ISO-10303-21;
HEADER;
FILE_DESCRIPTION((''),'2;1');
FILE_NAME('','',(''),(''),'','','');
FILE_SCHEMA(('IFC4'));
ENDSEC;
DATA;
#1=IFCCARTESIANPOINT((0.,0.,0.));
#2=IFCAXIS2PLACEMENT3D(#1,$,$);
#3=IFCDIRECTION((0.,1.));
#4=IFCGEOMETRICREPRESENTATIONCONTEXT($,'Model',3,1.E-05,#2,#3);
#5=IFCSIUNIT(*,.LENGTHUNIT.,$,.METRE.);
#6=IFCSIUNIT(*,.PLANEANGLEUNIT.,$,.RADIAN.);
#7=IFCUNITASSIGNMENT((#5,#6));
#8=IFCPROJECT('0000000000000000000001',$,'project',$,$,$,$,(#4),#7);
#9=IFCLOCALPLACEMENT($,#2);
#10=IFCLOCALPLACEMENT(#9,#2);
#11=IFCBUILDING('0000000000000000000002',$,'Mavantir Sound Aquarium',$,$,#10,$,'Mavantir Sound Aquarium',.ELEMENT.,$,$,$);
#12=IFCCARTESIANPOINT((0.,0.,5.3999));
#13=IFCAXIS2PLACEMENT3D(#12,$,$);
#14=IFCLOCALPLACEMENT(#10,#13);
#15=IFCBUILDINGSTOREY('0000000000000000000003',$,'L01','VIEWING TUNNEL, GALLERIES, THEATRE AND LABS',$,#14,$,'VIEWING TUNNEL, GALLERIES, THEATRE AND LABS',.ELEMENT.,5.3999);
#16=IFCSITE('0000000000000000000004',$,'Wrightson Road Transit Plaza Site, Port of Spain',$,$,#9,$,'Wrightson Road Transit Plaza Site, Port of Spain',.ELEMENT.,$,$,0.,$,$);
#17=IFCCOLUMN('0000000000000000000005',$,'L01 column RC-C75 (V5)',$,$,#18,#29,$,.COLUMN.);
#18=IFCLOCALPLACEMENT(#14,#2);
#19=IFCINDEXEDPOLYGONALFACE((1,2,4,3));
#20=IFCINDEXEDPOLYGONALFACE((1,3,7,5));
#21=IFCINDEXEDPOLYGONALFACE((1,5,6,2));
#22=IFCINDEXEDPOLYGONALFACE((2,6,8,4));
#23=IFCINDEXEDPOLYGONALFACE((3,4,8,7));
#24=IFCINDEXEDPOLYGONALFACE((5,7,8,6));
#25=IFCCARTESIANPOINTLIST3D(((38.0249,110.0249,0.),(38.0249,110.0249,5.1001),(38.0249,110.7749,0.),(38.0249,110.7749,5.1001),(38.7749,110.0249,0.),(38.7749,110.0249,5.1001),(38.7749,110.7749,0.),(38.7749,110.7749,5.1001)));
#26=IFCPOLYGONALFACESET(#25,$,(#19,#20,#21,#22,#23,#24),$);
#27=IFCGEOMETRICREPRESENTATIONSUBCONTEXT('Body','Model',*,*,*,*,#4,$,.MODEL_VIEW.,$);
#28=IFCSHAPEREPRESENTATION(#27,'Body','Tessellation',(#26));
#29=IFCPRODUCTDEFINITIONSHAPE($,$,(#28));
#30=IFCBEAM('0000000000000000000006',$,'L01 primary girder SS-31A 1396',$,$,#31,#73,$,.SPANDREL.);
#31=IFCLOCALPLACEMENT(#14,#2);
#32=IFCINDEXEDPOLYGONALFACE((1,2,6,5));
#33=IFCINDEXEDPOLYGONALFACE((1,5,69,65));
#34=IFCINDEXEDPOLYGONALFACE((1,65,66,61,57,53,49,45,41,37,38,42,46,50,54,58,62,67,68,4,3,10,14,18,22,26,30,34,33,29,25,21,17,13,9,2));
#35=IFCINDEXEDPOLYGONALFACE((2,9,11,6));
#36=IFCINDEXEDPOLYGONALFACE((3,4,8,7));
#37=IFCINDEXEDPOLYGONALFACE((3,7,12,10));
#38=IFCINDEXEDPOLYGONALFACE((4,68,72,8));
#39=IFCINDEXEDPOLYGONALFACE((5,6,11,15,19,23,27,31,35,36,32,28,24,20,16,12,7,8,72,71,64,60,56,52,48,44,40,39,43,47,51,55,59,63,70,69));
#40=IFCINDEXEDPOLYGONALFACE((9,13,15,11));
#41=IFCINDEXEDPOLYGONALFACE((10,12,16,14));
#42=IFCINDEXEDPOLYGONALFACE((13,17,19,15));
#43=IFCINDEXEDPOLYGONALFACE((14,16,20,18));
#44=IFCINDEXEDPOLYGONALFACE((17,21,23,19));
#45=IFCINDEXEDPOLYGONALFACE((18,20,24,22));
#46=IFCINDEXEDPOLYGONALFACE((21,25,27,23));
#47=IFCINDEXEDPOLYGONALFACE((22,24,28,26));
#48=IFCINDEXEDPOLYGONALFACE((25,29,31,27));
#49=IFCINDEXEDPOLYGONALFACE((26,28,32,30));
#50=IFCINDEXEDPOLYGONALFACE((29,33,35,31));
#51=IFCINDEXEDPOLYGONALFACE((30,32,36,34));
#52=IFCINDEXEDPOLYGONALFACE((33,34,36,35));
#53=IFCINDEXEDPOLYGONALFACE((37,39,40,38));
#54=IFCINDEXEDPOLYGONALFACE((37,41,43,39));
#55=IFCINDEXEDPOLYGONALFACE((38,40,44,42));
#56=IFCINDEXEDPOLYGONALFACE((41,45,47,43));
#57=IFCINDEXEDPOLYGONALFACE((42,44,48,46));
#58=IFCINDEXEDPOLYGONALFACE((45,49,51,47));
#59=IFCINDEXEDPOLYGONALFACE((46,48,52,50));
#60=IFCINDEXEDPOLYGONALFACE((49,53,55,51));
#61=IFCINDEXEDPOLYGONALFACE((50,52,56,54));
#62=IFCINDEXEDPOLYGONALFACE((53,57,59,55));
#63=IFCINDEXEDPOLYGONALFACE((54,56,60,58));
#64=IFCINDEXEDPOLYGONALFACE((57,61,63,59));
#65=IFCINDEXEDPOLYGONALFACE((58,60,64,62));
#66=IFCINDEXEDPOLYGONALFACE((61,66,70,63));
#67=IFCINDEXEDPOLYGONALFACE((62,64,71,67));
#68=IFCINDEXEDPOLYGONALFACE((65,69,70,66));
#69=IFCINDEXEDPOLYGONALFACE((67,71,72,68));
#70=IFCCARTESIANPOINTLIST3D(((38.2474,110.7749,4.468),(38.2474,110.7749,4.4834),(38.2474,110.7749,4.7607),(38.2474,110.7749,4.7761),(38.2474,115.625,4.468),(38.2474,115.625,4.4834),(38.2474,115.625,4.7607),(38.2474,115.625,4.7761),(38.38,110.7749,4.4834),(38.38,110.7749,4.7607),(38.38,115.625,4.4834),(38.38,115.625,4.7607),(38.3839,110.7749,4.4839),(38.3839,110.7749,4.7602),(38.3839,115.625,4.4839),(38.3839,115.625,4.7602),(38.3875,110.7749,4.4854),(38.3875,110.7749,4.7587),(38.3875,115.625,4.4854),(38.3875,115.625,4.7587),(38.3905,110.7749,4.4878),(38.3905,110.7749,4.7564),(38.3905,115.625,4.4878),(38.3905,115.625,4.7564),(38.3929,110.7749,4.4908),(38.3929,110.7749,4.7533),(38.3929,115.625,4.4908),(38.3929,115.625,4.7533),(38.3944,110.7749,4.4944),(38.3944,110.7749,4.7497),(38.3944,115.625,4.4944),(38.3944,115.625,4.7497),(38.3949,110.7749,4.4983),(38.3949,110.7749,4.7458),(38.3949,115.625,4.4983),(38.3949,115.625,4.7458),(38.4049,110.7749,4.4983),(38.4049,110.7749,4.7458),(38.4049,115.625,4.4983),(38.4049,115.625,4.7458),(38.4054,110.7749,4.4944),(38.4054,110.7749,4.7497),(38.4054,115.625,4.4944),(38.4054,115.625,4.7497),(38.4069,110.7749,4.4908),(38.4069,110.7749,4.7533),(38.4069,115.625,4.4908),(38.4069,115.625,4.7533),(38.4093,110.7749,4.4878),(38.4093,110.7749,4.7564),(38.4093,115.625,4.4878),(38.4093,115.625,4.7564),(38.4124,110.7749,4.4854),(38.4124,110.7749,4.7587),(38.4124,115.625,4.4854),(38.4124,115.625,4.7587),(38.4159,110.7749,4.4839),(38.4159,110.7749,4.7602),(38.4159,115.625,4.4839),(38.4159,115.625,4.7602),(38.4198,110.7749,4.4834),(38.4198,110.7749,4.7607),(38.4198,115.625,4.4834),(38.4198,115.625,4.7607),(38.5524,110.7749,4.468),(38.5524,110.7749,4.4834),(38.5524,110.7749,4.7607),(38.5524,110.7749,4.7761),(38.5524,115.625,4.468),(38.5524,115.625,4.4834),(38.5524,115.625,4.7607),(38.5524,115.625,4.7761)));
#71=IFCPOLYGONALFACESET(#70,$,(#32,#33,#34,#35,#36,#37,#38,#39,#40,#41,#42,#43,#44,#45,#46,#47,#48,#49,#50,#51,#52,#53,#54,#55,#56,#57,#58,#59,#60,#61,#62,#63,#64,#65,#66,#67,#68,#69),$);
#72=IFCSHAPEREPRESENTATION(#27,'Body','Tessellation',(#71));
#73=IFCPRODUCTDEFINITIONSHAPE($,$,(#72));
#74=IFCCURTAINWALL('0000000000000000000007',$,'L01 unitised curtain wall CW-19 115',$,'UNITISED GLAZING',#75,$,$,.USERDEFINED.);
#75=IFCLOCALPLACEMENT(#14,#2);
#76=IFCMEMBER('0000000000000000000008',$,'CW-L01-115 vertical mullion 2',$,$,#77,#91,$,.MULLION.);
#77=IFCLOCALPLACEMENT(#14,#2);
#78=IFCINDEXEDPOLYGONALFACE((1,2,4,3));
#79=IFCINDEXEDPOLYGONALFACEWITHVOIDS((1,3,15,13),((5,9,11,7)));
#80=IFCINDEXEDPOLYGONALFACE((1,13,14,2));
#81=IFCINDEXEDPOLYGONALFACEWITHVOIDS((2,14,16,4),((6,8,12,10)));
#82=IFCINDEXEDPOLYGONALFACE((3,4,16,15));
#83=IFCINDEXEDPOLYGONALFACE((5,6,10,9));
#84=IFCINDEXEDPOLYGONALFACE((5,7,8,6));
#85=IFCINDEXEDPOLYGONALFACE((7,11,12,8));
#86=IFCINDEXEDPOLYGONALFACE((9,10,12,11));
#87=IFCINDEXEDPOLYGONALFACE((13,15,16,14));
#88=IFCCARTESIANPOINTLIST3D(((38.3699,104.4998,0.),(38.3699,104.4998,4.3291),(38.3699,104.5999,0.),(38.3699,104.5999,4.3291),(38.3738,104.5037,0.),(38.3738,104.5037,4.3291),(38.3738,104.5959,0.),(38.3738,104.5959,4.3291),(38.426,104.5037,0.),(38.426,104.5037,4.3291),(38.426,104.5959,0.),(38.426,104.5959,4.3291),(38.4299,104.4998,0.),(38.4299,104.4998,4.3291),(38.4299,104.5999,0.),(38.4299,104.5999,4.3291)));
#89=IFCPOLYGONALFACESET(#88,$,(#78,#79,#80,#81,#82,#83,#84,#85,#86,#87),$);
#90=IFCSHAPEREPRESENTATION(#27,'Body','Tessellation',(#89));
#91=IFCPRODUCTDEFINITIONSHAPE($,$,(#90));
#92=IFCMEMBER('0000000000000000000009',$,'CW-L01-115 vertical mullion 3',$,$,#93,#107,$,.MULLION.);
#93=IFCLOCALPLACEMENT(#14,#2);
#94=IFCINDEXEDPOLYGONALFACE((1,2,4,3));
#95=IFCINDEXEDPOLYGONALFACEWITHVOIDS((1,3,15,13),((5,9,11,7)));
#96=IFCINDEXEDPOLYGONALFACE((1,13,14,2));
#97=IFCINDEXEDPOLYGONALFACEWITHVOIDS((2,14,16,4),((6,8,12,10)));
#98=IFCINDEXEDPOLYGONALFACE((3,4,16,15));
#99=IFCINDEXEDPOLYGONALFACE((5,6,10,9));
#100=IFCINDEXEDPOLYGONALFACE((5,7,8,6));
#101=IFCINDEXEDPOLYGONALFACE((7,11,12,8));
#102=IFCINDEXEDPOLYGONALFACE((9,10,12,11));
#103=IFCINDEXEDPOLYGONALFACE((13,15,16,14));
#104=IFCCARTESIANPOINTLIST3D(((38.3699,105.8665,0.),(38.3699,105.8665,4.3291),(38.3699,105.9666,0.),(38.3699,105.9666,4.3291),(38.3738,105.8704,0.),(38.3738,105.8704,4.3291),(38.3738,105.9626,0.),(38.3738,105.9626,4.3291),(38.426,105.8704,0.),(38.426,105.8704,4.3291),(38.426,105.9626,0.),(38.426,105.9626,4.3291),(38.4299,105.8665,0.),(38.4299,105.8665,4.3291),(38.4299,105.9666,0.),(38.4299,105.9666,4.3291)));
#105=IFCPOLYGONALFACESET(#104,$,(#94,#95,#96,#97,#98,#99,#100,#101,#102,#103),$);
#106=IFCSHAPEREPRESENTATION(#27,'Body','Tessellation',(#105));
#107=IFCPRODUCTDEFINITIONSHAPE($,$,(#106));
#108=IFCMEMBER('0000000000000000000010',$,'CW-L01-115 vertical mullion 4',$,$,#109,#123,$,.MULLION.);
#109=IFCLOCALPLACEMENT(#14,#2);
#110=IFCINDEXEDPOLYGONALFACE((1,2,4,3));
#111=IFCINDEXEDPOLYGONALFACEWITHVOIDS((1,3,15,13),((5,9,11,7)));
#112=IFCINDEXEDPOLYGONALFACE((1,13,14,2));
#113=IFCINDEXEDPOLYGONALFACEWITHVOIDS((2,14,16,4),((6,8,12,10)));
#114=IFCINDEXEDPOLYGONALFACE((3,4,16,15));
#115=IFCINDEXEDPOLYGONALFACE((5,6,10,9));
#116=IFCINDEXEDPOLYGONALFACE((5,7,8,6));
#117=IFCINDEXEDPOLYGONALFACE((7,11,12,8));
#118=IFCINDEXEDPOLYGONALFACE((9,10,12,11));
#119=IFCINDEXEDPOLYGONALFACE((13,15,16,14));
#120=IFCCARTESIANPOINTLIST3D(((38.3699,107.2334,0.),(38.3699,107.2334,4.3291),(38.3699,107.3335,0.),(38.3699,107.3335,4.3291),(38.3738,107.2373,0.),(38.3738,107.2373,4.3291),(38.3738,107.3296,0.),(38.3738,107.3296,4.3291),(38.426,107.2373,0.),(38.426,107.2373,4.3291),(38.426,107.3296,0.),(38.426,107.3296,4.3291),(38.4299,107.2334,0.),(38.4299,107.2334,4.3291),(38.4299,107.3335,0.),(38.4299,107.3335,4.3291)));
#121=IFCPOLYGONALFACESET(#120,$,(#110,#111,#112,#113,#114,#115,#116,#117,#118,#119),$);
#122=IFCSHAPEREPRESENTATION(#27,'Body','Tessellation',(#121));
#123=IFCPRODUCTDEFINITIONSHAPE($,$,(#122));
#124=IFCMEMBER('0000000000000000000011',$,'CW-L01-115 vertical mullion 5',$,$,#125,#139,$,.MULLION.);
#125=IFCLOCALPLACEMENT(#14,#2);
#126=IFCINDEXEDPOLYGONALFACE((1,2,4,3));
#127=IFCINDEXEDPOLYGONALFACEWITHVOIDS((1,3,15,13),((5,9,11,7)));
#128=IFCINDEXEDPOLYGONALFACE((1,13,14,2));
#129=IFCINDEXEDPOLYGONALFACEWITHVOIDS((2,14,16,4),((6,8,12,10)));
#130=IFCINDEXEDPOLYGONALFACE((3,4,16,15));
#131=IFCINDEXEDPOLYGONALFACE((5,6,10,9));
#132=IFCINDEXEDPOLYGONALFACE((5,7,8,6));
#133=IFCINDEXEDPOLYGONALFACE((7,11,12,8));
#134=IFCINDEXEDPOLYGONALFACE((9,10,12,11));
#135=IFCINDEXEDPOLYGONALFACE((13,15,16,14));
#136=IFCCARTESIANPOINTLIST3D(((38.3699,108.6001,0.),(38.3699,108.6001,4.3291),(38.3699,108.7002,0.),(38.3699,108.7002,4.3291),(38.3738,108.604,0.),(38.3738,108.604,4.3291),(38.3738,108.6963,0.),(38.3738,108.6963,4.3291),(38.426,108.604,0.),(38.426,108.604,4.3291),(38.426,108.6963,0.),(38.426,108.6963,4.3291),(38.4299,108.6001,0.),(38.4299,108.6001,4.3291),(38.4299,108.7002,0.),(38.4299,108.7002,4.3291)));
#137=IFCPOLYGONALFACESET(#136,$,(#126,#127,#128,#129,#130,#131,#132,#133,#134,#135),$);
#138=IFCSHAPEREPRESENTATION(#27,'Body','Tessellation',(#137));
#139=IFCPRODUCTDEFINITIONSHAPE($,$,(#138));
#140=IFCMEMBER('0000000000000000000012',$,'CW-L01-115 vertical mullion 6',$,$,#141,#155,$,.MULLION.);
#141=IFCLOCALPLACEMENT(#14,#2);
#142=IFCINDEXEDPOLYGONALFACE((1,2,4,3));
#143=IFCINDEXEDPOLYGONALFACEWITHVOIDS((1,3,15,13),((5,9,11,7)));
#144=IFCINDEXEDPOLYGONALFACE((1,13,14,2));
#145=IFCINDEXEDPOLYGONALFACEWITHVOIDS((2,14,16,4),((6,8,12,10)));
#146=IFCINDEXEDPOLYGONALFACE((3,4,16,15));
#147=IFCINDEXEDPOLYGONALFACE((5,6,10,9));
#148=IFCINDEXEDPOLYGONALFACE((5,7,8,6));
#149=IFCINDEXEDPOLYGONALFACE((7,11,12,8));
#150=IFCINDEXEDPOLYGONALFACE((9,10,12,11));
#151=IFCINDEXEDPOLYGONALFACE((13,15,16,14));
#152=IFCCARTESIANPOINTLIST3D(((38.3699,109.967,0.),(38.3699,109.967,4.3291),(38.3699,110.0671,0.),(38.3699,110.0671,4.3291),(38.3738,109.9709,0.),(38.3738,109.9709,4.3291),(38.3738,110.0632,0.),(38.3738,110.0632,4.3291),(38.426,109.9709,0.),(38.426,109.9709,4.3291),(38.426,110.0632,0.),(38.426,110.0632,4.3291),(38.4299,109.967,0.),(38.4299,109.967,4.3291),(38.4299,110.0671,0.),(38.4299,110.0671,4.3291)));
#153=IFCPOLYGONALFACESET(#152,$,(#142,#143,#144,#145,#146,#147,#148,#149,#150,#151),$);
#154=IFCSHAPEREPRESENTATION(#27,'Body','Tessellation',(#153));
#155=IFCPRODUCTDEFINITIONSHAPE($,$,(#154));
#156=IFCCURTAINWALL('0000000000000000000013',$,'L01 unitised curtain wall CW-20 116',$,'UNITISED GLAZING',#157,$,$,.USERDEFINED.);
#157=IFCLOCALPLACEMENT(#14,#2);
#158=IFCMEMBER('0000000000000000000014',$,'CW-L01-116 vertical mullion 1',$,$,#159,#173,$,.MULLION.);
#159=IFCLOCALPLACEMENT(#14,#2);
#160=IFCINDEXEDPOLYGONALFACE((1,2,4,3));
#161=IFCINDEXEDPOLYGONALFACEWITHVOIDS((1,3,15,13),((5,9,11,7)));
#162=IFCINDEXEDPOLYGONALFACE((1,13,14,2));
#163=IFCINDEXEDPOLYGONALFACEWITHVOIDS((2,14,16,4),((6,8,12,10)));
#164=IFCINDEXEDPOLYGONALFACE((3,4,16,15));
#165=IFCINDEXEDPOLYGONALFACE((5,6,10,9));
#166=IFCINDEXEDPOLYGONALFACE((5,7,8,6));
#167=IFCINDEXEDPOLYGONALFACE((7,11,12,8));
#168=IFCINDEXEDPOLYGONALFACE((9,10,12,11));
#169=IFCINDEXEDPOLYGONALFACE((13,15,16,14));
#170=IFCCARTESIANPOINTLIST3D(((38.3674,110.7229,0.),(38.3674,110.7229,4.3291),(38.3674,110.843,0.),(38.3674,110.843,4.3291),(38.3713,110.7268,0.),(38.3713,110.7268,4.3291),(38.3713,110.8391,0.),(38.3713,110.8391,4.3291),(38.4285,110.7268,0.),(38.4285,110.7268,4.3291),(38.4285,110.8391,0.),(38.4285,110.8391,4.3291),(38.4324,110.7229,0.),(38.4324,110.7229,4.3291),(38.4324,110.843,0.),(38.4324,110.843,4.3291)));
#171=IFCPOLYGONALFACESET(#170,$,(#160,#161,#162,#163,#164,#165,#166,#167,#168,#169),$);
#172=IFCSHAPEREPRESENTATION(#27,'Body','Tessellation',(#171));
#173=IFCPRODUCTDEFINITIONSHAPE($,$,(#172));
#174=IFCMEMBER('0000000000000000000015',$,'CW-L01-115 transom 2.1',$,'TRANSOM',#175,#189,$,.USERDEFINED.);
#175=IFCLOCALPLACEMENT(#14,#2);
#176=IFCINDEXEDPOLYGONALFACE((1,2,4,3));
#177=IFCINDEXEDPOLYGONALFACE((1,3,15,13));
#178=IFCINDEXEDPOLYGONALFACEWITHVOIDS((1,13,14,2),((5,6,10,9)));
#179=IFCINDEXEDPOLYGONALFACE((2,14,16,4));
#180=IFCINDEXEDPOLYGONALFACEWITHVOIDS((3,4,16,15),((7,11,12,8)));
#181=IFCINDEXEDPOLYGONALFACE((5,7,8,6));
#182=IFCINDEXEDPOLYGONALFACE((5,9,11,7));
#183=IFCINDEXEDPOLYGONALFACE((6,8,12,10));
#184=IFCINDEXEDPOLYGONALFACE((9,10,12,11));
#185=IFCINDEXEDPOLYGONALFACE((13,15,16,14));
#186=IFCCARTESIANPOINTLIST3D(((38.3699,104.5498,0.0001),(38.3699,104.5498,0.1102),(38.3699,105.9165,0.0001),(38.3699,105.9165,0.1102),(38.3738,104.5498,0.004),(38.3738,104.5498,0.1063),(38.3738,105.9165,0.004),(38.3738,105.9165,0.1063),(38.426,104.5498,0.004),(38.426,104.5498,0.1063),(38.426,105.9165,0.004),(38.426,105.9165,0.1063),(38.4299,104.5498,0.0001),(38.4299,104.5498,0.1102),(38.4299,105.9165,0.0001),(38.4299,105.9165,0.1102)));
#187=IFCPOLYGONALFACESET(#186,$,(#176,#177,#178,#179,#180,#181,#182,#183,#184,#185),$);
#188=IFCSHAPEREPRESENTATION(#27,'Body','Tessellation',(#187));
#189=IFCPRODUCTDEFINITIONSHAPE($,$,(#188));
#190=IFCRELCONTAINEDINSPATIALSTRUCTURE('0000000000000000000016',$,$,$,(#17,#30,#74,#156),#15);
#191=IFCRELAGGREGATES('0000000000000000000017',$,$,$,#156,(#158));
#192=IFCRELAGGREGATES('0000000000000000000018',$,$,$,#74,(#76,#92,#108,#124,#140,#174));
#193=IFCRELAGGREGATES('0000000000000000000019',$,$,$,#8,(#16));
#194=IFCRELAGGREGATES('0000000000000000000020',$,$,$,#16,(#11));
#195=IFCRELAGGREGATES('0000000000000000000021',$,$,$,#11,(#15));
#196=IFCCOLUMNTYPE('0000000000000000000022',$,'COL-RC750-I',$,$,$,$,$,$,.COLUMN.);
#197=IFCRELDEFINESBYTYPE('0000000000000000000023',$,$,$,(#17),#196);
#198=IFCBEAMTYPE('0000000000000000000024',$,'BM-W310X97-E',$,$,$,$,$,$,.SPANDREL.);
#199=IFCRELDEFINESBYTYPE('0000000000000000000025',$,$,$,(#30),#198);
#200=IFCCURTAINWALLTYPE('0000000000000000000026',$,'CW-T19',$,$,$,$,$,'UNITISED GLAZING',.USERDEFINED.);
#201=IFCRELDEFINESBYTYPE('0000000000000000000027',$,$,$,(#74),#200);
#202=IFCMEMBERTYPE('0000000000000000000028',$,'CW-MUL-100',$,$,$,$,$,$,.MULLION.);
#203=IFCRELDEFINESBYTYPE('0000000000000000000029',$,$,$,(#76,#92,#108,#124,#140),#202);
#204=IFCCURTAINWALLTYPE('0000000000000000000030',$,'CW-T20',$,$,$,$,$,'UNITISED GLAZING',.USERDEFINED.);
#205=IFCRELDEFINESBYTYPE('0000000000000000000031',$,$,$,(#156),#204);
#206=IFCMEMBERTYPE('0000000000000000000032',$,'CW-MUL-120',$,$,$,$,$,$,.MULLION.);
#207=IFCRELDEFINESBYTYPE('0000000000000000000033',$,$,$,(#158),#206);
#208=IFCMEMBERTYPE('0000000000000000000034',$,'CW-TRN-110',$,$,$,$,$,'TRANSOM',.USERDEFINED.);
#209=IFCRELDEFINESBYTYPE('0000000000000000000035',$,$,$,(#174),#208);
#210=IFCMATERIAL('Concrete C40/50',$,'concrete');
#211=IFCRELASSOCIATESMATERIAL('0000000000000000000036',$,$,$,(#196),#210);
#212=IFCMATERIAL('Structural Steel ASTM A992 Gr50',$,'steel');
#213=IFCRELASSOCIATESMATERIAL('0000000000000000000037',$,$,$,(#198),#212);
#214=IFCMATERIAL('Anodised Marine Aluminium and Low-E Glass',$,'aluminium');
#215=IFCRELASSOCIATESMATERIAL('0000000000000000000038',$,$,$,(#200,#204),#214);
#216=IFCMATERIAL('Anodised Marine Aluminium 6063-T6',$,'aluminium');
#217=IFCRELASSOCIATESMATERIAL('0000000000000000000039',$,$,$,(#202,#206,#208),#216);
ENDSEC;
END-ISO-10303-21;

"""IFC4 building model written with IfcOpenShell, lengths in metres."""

from ifc_helpers import new_model, si_unit, direction, frame, origin, origin_2d, place, context, subcontext, project, spatial, rectangle, hollow_rectangle, i_section, extrude, material, material_profile, profile_set, type_object, element, aggregate, save


model = new_model("IFC4")

# Units and contexts
model_context = context("Model", 3, precision=1e-05, world=origin(), true_north=direction((0.0, 1.0)))
body_context = subcontext(model_context, "Body", "Model", "MODEL_VIEW")
ifc_project = project(units=[si_unit("LENGTHUNIT", "METRE"), si_unit("PLANEANGLEUNIT", "RADIAN")], contexts=[model_context])

# Site, building, storey
site_placement = place(None, origin())
site = spatial("IfcSite", under=ifc_project, at=site_placement, Name="Wrightson Road Transit Plaza Site, Port of Spain", LongName="Wrightson Road Transit Plaza Site, Port of Spain", CompositionType="ELEMENT", RefElevation=0.0)
building_placement = place(site_placement, origin())
building = spatial("IfcBuilding", under=site, at=building_placement, Name="Mavantir Sound Aquarium", LongName="Mavantir Sound Aquarium", CompositionType="ELEMENT")
storey_placement = place(building_placement, frame((0.0, 0.0, 5.3999)))
storey = spatial("IfcBuildingStorey", under=building, at=storey_placement, Name="L01", Description="VIEWING TUNNEL, GALLERIES, THEATRE AND LABS", LongName="VIEWING TUNNEL, GALLERIES, THEATRE AND LABS", CompositionType="ELEMENT", Elevation=5.3999)

# Column
ifc_material_1 = material(Name="Concrete C40/50", Category="concrete")
ifc_material_profile_1 = material_profile(ifc_material_1, rectangle(XDim=0.75, YDim=0.75, at=origin_2d()), Name="RC 750X750")
ifc_profile_set_1 = profile_set([ifc_material_profile_1], Name="Concrete C40/50")
column_type = type_object("IfcColumnType", Name="COL-RC750-I", PredefinedType="COLUMN", material=ifc_profile_set_1)
column_placement = place(storey_placement, frame((38.3999, 110.3999, 0.0), z_axis=(0.0, 0.0, 1.0), x_axis=(1.0, 0.0, 0.0)))
element("IfcColumn", 1, at=column_placement, inside=storey, type_object=column_type, Name="L01 column RC-C75 (V5)", PredefinedType="COLUMN", context=body_context, shape_type="SweptSolid", body=[
    extrude(rectangle(XDim=0.75, YDim=0.75, at=origin_2d()), origin(), (0.0, 0.0, 1.0), 5.1001),
])

# Beam
ifc_material_2 = material(Name="Structural Steel ASTM A992 Gr50", Category="steel")
ifc_material_profile_2 = material_profile(ifc_material_2, i_section(OverallWidth=0.3049, OverallDepth=0.3081, WebThickness=0.01, FlangeThickness=0.0154, FilletRadius=0.0149, at=origin_2d()), Name="W310X97")
ifc_profile_set_2 = profile_set([ifc_material_profile_2], Name="Structural Steel ASTM A992 Gr50")
beam_type = type_object("IfcBeamType", Name="BM-W310X97-E", PredefinedType="SPANDREL", material=ifc_profile_set_2)
beam_placement = place(storey_placement, frame((38.3999, 110.7749, 4.6221), z_axis=(0.0, 1.0, 0.0), x_axis=(-1.0, 0.0, 0.0)))
element("IfcBeam", 2, at=beam_placement, inside=storey, type_object=beam_type, Name="L01 primary girder SS-31A 1396", PredefinedType="SPANDREL", context=body_context, shape_type="SweptSolid", body=[
    extrude(i_section(OverallWidth=0.3049, OverallDepth=0.3081, WebThickness=0.01, FlangeThickness=0.0154, FilletRadius=0.0149, at=origin_2d()), origin(), (0.0, 0.0, 1.0), 4.8501),
])

# Curtain wall, members
ifc_material_3 = material(Name="Anodised Marine Aluminium and Low-E Glass", Category="aluminium")
curtain_wall_type_1 = type_object("IfcCurtainWallType", Name="CW-T19", ElementType="UNITISED GLAZING", PredefinedType="USERDEFINED", material=ifc_material_3)
curtain_wall_1_placement = place(storey_placement, origin())
curtain_wall_1 = element("IfcCurtainWall", 3, at=curtain_wall_1_placement, inside=storey, type_object=curtain_wall_type_1, Name="L01 unitised curtain wall CW-19 115", ObjectType="UNITISED GLAZING", PredefinedType="USERDEFINED")
ifc_material_4 = material(Name="Anodised Marine Aluminium 6063-T6", Category="aluminium")
ifc_material_profile_3 = material_profile(ifc_material_4, hollow_rectangle(XDim=0.0601, YDim=0.1001, WallThickness=0.0039, at=origin_2d()), Name="ALU-MULLION-100X60")
ifc_profile_set_3 = profile_set([ifc_material_profile_3], Name="Anodised Marine Aluminium 6063-T6")
member_type_1 = type_object("IfcMemberType", Name="CW-MUL-100", PredefinedType="MULLION", material=ifc_profile_set_3)
member_1_placement = place(storey_placement, frame((38.3999, 104.5498, 0.0), z_axis=(0.0, 0.0, 1.0), x_axis=(1.0, 0.0, 0.0)))
member_1 = element("IfcMember", 4, at=member_1_placement, type_object=member_type_1, Name="CW-L01-115 vertical mullion 2", PredefinedType="MULLION", context=body_context, shape_type="SweptSolid", body=[
    extrude(hollow_rectangle(XDim=0.0601, YDim=0.1001, WallThickness=0.0039, at=origin_2d()), origin(), (0.0, 0.0, 1.0), 4.3291),
])
member_2_placement = place(storey_placement, frame((38.3999, 105.9165, 0.0), z_axis=(0.0, 0.0, 1.0), x_axis=(1.0, 0.0, 0.0)))
member_2 = element("IfcMember", 5, at=member_2_placement, type_object=member_type_1, Name="CW-L01-115 vertical mullion 3", PredefinedType="MULLION", context=body_context, shape_type="SweptSolid", body=[
    extrude(hollow_rectangle(XDim=0.0601, YDim=0.1001, WallThickness=0.0039, at=origin_2d()), origin(), (0.0, 0.0, 1.0), 4.3291),
])
member_3_placement = place(storey_placement, frame((38.3999, 107.2834, 0.0), z_axis=(0.0, 0.0, 1.0), x_axis=(1.0, 0.0, 0.0)))
member_3 = element("IfcMember", 6, at=member_3_placement, type_object=member_type_1, Name="CW-L01-115 vertical mullion 4", PredefinedType="MULLION", context=body_context, shape_type="SweptSolid", body=[
    extrude(hollow_rectangle(XDim=0.0601, YDim=0.1001, WallThickness=0.0039, at=origin_2d()), origin(), (0.0, 0.0, 1.0), 4.3291),
])
member_4_placement = place(storey_placement, frame((38.3999, 108.6501, 0.0), z_axis=(0.0, 0.0, 1.0), x_axis=(1.0, 0.0, 0.0)))
member_4 = element("IfcMember", 7, at=member_4_placement, type_object=member_type_1, Name="CW-L01-115 vertical mullion 5", PredefinedType="MULLION", context=body_context, shape_type="SweptSolid", body=[
    extrude(hollow_rectangle(XDim=0.0601, YDim=0.1001, WallThickness=0.0039, at=origin_2d()), origin(), (0.0, 0.0, 1.0), 4.3291),
])
member_5_placement = place(storey_placement, frame((38.3999, 110.0171, 0.0), z_axis=(0.0, 0.0, 1.0), x_axis=(1.0, 0.0, 0.0)))
member_5 = element("IfcMember", 8, at=member_5_placement, type_object=member_type_1, Name="CW-L01-115 vertical mullion 6", PredefinedType="MULLION", context=body_context, shape_type="SweptSolid", body=[
    extrude(hollow_rectangle(XDim=0.0601, YDim=0.1001, WallThickness=0.0039, at=origin_2d()), origin(), (0.0, 0.0, 1.0), 4.3291),
])

# Curtain wall, member
curtain_wall_type_2 = type_object("IfcCurtainWallType", Name="CW-T20", ElementType="UNITISED GLAZING", PredefinedType="USERDEFINED", material=ifc_material_3)
curtain_wall_2_placement = place(storey_placement, origin())
curtain_wall_2 = element("IfcCurtainWall", 9, at=curtain_wall_2_placement, inside=storey, type_object=curtain_wall_type_2, Name="L01 unitised curtain wall CW-20 116", ObjectType="UNITISED GLAZING", PredefinedType="USERDEFINED")
ifc_material_profile_4 = material_profile(ifc_material_4, hollow_rectangle(XDim=0.0649, YDim=0.1201, WallThickness=0.0039, at=origin_2d()), Name="ALU-MULLION-120X65")
ifc_profile_set_4 = profile_set([ifc_material_profile_4], Name="Anodised Marine Aluminium 6063-T6")
member_type_2 = type_object("IfcMemberType", Name="CW-MUL-120", PredefinedType="MULLION", material=ifc_profile_set_4)
member_6_placement = place(storey_placement, frame((38.3999, 110.783, 0.0), z_axis=(0.0, 0.0, 1.0), x_axis=(1.0, 0.0, 0.0)))
member_6 = element("IfcMember", 10, at=member_6_placement, type_object=member_type_2, Name="CW-L01-116 vertical mullion 1", PredefinedType="MULLION", context=body_context, shape_type="SweptSolid", body=[
    extrude(hollow_rectangle(XDim=0.0649, YDim=0.1201, WallThickness=0.0039, at=origin_2d()), origin(), (0.0, 0.0, 1.0), 4.3291),
])

# Member
ifc_material_profile_5 = material_profile(ifc_material_4, hollow_rectangle(XDim=0.0601, YDim=0.1101, WallThickness=0.0039, at=origin_2d()), Name="ALU-TRANSOM-110X60")
ifc_profile_set_5 = profile_set([ifc_material_profile_5], Name="Anodised Marine Aluminium 6063-T6")
member_type_3 = type_object("IfcMemberType", Name="CW-TRN-110", ElementType="TRANSOM", PredefinedType="USERDEFINED", material=ifc_profile_set_5)
member_7_placement = place(storey_placement, frame((38.3999, 104.5498, 0.0552), z_axis=(0.0, 1.0, 0.0), x_axis=(-1.0, 0.0, 0.0)))
member_7 = element("IfcMember", 11, at=member_7_placement, type_object=member_type_3, Name="CW-L01-115 transom 2.1", ObjectType="TRANSOM", PredefinedType="USERDEFINED", context=body_context, shape_type="SweptSolid", body=[
    extrude(hollow_rectangle(XDim=0.0601, YDim=0.1101, WallThickness=0.0039, at=origin_2d()), origin(), (0.0, 0.0, 1.0), 1.3667),
])
aggregate(curtain_wall_2, [member_6])

aggregate(curtain_wall_1, [member_1, member_2, member_3, member_4, member_5, member_7])

save(model, "model.ifc")
